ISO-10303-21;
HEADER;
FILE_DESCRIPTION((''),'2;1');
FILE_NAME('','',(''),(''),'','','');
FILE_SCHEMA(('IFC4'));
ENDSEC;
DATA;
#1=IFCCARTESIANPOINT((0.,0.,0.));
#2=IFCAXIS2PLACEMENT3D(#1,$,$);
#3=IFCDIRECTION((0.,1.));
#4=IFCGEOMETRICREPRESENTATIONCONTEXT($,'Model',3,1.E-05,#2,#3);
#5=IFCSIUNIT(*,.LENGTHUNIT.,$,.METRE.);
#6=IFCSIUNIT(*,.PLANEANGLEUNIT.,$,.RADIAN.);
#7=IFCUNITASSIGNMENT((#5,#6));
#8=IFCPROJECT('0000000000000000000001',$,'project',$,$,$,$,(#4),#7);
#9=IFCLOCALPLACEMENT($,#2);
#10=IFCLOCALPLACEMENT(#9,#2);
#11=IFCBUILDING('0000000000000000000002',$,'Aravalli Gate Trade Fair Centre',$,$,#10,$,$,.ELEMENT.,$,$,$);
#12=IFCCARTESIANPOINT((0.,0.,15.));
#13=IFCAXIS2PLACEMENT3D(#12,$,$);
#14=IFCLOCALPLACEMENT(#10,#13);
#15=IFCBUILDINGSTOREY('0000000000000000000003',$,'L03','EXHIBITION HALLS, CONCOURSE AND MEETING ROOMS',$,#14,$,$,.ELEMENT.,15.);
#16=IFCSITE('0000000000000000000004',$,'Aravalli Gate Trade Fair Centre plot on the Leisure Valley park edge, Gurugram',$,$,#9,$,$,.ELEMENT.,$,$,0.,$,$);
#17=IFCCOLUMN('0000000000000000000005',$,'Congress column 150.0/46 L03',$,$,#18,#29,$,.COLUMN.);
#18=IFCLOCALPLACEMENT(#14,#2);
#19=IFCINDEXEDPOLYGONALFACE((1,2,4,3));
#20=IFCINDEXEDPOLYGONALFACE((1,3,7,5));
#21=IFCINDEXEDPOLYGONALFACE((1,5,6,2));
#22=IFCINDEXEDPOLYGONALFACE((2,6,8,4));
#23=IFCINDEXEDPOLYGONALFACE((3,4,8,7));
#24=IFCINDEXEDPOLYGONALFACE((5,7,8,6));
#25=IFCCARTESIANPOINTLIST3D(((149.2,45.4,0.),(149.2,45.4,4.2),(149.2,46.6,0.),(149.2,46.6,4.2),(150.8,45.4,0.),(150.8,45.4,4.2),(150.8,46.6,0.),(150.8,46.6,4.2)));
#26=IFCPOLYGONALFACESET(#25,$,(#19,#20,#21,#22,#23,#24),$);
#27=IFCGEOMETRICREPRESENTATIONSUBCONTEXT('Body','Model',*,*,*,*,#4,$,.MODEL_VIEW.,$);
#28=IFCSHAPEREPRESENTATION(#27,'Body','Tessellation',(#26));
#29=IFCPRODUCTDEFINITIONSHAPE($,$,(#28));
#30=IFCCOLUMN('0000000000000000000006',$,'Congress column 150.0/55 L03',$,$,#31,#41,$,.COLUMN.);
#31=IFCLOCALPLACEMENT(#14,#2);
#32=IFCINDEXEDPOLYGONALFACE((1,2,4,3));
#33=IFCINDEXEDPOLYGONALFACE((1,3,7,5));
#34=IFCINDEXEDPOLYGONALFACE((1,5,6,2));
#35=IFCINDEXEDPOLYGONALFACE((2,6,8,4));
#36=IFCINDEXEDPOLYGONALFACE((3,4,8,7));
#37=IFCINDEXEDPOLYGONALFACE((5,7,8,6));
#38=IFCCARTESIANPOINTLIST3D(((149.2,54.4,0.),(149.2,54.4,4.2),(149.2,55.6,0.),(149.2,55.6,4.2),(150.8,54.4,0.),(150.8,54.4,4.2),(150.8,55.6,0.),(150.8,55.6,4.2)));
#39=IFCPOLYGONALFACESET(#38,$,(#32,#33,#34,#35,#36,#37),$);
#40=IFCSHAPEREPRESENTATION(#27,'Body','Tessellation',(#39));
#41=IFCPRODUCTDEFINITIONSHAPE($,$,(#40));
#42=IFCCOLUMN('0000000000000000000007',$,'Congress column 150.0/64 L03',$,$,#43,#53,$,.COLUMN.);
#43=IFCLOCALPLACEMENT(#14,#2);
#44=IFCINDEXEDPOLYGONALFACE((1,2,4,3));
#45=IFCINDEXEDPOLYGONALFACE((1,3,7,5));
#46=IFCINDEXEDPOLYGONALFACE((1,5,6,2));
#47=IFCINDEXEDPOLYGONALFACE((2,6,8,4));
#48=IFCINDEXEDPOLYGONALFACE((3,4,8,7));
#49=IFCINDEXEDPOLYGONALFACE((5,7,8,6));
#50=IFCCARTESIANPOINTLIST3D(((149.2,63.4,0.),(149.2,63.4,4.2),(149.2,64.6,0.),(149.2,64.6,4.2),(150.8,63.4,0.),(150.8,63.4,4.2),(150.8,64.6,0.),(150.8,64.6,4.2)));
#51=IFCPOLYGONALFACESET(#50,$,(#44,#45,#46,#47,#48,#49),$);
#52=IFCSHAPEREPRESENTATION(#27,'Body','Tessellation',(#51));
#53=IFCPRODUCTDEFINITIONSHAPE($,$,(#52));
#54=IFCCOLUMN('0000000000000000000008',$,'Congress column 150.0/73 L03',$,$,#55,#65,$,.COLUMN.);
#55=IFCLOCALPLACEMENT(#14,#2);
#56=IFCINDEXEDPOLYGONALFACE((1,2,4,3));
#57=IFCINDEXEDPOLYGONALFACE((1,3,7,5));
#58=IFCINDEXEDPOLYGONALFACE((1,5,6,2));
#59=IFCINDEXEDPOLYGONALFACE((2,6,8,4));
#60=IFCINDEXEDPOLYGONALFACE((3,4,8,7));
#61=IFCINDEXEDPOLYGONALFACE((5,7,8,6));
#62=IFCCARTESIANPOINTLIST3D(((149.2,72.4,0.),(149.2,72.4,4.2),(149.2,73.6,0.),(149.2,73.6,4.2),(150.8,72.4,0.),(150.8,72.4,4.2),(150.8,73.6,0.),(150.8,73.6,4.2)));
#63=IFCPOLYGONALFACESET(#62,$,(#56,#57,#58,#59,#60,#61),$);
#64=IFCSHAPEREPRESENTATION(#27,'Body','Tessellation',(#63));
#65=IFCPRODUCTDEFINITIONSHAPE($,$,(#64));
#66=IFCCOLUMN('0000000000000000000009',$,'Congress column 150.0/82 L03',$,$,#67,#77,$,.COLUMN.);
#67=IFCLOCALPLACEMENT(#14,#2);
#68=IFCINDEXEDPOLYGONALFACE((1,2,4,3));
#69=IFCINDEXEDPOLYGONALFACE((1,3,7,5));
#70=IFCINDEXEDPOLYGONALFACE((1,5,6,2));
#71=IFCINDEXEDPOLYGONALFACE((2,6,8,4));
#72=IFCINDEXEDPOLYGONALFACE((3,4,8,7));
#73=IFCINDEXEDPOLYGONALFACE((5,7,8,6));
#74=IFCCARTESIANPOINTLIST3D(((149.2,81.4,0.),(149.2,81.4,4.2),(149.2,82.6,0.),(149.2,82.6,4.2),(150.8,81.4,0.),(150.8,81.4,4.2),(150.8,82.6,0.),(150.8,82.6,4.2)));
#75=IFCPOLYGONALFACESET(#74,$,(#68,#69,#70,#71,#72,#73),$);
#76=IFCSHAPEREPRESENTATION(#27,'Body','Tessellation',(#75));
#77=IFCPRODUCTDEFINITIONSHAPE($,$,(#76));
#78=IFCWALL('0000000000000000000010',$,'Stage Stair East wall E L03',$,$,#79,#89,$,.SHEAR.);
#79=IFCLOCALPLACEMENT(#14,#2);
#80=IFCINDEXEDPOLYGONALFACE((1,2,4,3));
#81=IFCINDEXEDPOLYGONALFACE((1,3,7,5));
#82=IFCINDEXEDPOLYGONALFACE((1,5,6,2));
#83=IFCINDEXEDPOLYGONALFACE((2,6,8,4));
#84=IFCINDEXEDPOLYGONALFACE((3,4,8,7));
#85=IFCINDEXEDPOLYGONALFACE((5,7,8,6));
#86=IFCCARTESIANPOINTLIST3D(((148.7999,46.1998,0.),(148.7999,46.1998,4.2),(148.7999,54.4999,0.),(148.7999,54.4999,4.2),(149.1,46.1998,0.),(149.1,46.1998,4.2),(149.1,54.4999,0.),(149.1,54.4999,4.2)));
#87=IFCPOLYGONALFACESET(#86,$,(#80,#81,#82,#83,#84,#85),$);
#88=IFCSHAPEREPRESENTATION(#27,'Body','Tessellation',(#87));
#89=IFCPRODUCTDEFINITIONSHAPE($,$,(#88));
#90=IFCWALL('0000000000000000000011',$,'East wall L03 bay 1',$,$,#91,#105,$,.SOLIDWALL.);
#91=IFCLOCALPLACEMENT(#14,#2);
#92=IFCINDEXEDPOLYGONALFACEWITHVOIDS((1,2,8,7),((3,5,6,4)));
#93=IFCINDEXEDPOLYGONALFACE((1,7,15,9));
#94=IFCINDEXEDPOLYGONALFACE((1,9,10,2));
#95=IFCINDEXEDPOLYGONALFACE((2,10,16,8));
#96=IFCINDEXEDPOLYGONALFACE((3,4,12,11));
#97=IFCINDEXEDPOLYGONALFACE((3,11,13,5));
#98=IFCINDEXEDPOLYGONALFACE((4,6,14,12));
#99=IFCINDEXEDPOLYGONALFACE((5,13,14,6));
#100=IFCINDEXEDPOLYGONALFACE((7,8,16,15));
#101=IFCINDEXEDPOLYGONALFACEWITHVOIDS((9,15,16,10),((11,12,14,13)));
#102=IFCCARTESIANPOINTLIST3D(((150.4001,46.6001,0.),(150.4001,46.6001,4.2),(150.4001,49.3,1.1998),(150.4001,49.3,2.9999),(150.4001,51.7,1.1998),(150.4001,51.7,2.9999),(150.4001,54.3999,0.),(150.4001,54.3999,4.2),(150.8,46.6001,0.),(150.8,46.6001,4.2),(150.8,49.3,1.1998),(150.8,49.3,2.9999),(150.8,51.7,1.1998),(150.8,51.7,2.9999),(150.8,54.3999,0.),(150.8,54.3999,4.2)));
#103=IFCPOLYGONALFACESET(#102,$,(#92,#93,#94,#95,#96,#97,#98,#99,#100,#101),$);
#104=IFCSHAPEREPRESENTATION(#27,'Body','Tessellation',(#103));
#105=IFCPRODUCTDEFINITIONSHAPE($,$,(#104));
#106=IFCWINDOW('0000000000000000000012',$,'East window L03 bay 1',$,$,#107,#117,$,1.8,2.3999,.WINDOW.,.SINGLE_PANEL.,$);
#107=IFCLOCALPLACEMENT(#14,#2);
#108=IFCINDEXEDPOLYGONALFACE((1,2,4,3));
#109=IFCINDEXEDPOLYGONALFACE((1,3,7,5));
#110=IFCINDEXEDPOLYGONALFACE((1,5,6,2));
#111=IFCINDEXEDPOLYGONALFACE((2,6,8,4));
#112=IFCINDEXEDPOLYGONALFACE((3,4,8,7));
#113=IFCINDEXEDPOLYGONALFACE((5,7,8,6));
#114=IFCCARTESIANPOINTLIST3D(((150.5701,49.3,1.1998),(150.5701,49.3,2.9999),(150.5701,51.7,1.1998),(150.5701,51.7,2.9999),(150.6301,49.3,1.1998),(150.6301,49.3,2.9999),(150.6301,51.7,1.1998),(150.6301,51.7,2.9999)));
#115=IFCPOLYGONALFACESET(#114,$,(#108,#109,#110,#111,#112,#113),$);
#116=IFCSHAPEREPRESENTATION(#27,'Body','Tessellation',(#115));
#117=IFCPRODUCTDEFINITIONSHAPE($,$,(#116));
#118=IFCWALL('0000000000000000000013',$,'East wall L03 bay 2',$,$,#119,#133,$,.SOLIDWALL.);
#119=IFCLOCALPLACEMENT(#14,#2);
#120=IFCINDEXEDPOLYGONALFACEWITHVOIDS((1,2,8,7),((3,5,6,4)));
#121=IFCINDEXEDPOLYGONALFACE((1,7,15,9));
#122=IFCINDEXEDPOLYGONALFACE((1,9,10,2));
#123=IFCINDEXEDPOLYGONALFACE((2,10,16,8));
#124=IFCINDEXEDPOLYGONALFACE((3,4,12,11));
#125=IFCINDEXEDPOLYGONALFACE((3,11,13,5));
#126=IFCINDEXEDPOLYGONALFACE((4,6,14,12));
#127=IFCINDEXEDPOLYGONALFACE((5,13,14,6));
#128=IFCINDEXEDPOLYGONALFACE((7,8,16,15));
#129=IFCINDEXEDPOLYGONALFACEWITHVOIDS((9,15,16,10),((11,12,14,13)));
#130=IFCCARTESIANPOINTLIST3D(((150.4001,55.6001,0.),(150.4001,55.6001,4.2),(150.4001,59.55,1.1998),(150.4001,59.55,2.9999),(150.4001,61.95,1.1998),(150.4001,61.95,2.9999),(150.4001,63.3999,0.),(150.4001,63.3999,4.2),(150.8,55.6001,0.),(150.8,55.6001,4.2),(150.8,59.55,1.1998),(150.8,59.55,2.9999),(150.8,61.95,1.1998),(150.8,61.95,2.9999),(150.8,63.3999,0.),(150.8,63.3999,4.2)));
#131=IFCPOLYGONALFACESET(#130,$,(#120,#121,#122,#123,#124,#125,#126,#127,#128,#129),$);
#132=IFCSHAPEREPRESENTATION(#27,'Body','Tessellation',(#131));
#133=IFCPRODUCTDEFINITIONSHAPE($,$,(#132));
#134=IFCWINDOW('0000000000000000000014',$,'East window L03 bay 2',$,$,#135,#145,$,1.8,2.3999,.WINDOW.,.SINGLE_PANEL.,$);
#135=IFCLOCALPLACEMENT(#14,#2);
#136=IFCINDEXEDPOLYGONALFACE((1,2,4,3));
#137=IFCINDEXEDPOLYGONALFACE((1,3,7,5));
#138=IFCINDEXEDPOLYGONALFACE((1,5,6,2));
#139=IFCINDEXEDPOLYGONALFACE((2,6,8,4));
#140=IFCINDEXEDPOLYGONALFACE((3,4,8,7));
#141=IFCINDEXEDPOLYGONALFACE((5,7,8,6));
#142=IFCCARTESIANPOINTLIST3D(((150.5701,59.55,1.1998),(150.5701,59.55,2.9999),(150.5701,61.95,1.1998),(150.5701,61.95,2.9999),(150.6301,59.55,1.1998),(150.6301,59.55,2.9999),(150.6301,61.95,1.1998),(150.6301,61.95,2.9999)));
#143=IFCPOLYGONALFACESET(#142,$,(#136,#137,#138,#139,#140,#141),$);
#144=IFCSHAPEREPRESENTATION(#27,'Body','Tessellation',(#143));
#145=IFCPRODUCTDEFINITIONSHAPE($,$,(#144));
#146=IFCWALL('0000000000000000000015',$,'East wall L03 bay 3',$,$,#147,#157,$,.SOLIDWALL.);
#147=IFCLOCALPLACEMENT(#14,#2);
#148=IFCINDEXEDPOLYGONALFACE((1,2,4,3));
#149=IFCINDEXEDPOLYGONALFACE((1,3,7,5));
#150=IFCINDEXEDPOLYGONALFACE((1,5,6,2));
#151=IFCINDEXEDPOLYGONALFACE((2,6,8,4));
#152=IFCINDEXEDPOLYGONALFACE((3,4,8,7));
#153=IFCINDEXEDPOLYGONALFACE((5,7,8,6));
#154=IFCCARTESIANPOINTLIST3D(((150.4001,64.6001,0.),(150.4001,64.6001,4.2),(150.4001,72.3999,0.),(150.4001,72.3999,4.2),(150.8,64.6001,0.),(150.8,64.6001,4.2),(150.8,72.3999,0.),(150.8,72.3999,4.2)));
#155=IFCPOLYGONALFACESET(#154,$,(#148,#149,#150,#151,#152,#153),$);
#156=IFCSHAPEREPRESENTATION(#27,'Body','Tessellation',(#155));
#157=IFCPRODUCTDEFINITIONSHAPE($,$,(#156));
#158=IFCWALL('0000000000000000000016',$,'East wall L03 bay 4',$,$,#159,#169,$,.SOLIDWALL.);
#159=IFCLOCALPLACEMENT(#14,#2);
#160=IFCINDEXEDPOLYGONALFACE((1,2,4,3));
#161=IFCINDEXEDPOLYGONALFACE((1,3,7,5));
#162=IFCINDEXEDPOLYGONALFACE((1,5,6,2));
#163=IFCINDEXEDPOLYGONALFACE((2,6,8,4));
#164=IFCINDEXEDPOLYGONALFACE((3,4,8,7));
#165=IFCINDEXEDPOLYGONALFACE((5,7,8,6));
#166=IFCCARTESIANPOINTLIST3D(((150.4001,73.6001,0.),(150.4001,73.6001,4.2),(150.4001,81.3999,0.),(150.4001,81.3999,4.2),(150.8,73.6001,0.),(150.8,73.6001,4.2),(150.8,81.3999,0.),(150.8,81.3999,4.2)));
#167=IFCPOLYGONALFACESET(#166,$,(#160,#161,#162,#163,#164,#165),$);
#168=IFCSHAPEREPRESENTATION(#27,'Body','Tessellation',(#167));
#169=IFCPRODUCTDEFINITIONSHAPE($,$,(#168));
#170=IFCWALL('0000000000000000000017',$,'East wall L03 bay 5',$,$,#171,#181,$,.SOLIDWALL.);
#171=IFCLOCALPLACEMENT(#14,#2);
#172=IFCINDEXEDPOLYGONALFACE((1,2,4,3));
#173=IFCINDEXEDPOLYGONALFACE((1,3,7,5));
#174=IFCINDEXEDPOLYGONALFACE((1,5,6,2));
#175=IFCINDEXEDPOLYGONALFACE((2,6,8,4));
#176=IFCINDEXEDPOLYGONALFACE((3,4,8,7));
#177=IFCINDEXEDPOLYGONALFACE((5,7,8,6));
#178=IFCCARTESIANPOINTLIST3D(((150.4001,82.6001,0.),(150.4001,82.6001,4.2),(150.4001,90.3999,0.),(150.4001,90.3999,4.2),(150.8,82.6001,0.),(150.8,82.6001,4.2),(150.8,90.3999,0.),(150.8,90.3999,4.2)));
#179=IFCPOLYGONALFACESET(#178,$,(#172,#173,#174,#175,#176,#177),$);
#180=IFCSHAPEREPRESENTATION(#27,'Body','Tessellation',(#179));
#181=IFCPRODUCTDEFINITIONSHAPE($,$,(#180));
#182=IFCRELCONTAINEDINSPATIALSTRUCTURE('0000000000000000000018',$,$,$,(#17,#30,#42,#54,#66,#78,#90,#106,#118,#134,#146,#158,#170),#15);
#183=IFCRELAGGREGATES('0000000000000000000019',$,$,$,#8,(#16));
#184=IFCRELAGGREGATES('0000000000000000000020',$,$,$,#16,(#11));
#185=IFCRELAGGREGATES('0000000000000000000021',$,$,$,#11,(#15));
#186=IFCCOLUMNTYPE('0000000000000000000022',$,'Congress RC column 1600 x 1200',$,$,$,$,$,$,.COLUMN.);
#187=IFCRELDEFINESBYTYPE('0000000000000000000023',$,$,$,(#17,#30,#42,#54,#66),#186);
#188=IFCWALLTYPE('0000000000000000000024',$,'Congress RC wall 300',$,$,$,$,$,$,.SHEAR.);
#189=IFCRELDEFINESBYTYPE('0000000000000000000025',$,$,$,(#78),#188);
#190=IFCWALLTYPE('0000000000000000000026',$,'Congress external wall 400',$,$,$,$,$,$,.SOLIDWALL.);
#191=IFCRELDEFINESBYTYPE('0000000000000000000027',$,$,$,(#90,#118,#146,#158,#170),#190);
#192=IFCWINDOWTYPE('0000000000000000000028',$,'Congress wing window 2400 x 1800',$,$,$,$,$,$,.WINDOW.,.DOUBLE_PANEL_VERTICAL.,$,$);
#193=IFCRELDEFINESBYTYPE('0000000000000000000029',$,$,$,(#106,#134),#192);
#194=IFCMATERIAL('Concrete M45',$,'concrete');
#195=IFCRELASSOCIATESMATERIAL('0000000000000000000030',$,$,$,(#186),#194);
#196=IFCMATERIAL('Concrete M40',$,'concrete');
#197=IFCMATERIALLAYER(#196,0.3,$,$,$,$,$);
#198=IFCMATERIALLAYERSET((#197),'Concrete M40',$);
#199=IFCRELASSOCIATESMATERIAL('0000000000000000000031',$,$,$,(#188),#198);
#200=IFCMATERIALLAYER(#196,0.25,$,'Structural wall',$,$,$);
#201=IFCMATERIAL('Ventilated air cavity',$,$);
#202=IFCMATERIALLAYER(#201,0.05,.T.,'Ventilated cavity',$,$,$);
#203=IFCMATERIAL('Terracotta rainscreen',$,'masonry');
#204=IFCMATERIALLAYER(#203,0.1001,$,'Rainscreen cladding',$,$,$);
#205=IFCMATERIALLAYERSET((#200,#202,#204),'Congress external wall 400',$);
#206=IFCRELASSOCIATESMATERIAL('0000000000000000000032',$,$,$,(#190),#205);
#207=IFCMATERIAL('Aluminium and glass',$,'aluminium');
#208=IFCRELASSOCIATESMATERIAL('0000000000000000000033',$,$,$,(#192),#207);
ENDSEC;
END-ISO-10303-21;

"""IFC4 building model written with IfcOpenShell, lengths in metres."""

from ifc_helpers import new_model, si_unit, direction, frame, frame_2d, origin, origin_2d, place, context, subcontext, project, spatial, rectangle, extrude, material, layer, layer_set, material_profile, profile_set, type_object, element, fill, save


model = new_model("IFC4")

# Units and contexts
model_context = context("Model", 3, precision=1e-05, world=origin(), true_north=direction((0.0, 1.0)))
body_context = subcontext(model_context, "Body", "Model", "MODEL_VIEW")
ifc_project = project(units=[si_unit("LENGTHUNIT", "METRE"), si_unit("PLANEANGLEUNIT", "RADIAN")], contexts=[model_context])

# Site, building, storey
site_placement = place(None, origin())
site = spatial("IfcSite", under=ifc_project, at=site_placement, Name="Aravalli Gate Trade Fair Centre plot on the Leisure Valley park edge, Gurugram", CompositionType="ELEMENT", RefElevation=0.0)
building_placement = place(site_placement, origin())
building = spatial("IfcBuilding", under=site, at=building_placement, Name="Aravalli Gate Trade Fair Centre", CompositionType="ELEMENT")
storey_placement = place(building_placement, frame((0.0, 0.0, 15.0)))
storey = spatial("IfcBuildingStorey", under=building, at=storey_placement, Name="L03", Description="EXHIBITION HALLS, CONCOURSE AND MEETING ROOMS", CompositionType="ELEMENT", Elevation=15.0)

# Columns
ifc_material_1 = material(Name="Concrete M45", Category="concrete")
ifc_material_profile = material_profile(ifc_material_1, rectangle(XDim=1.6001, YDim=1.2, at=origin_2d()), Name="RC 1600x1200")
ifc_profile_set = profile_set([ifc_material_profile], Name="Concrete M45")
column_type = type_object("IfcColumnType", Name="Congress RC column 1600 x 1200", PredefinedType="COLUMN", material=ifc_profile_set)
for number, where, z_axis, x_axis, name in (
    (1, (150.0, 46.0, 0.0), (0.0, 0.0, 1.0), (1.0, 0.0, 0.0), "Congress column 150.0/46 L03"),
    (2, (150.0, 55.0, 0.0), (0.0, 0.0, 1.0), (1.0, 0.0, 0.0), "Congress column 150.0/55 L03"),
    (3, (150.0, 64.0, 0.0), (0.0, 0.0, 1.0), (1.0, 0.0, 0.0), "Congress column 150.0/64 L03"),
    (4, (150.0, 73.0, 0.0), (0.0, 0.0, 1.0), (1.0, 0.0, 0.0), "Congress column 150.0/73 L03"),
    (5, (150.0, 82.0, 0.0), (0.0, 0.0, 1.0), (1.0, 0.0, 0.0), "Congress column 150.0/82 L03"),
):
    element("IfcColumn", number, at=place(storey_placement, frame(where, z_axis=z_axis, x_axis=x_axis)), inside=storey, type_object=column_type, Name=name, PredefinedType="COLUMN", context=body_context, shape_type="SweptSolid", body=[
        extrude(rectangle(XDim=1.6001, YDim=1.2, at=origin_2d()), origin(), (0.0, 0.0, 1.0), 4.2),
    ])

# Wall
ifc_material_2 = material(Name="Concrete M40", Category="concrete")
ifc_layer_1 = layer(ifc_material_2, 0.3)
ifc_layer_set_1 = layer_set([ifc_layer_1], Name="Concrete M40")
wall_type_1 = type_object("IfcWallType", Name="Congress RC wall 300", PredefinedType="SHEAR", material=ifc_layer_set_1)
wall_1_placement = place(storey_placement, frame((148.95, 46.2, 0.0), z_axis=(0.0, 0.0, 1.0), x_axis=(0.0, 1.0, 0.0)))
element("IfcWall", 6, at=wall_1_placement, inside=storey, type_object=wall_type_1, Name="Stage Stair East wall E L03", PredefinedType="SHEAR", context=body_context, shape_type="SweptSolid", body=[
    extrude(rectangle(XDim=8.3, YDim=0.3, at=frame_2d((4.1499, 0.0))), origin(), (0.0, 0.0, 1.0), 4.2),
])

# Walls, openings, windows
ifc_layer_2 = layer(ifc_material_2, 0.25, Name="Structural wall")
ifc_material_3 = material(Name="Ventilated air cavity")
ifc_layer_3 = layer(ifc_material_3, 0.05, ventilated=True, Name="Ventilated cavity")
ifc_material_4 = material(Name="Terracotta rainscreen", Category="masonry")
ifc_layer_4 = layer(ifc_material_4, 0.1001, Name="Rainscreen cladding")
ifc_layer_set_2 = layer_set([ifc_layer_2, ifc_layer_3, ifc_layer_4], Name="Congress external wall 400")
wall_type_2 = type_object("IfcWallType", Name="Congress external wall 400", PredefinedType="SOLIDWALL", material=ifc_layer_set_2)
wall_2_placement = place(storey_placement, frame((150.6001, 46.6001, 0.0), z_axis=(0.0, 0.0, 1.0), x_axis=(0.0, 1.0, 0.0)))
wall_2 = element("IfcWall", 7, at=wall_2_placement, inside=storey, type_object=wall_type_2, Name="East wall L03 bay 1", PredefinedType="SOLIDWALL", context=body_context, shape_type="SweptSolid", body=[
    extrude(rectangle(XDim=7.7998, YDim=0.3999, at=frame_2d((3.8999, 0.0))), origin(), (0.0, 0.0, 1.0), 4.2),
])
opening_1_placement = place(wall_2_placement, frame((2.7, 0.0, 1.2)))
opening_1 = element("IfcOpeningElement", 8, at=opening_1_placement, cuts=wall_2, PredefinedType="OPENING", context=body_context, shape_type="SweptSolid", body=[
    extrude(rectangle(XDim=2.3999, YDim=1.8, at=frame_2d((1.2, 0.8999))), frame((0.0, 0.21, 0.0), z_axis=(0.0, -1.0, 0.0), x_axis=(1.0, 0.0, 0.0)), (0.0, 0.0, 1.0), 0.4199),
])
ifc_material_5 = material(Name="Aluminium and glass", Category="aluminium")
window_type = type_object("IfcWindowType", Name="Congress wing window 2400 x 1800", PartitioningType="DOUBLE_PANEL_VERTICAL", PredefinedType="WINDOW", material=ifc_material_5)
window_1_placement = place(opening_1_placement, origin())
window_1 = element("IfcWindow", 9, at=window_1_placement, inside=storey, type_object=window_type, Name="East window L03 bay 1", OverallHeight=1.8, OverallWidth=2.3999, PartitioningType="SINGLE_PANEL", PredefinedType="WINDOW", context=body_context, shape_type="SweptSolid", body=[
    extrude(rectangle(XDim=2.3999, YDim=1.8, at=frame_2d((1.2, 0.8999))), frame((0.0, 0.03, 0.0), z_axis=(0.0, -1.0, 0.0), x_axis=(1.0, 0.0, 0.0)), (0.0, 0.0, 1.0), 0.0601),
])
fill(opening_1, window_1)
wall_3_placement = place(storey_placement, frame((150.6001, 55.6001, 0.0), z_axis=(0.0, 0.0, 1.0), x_axis=(0.0, 1.0, 0.0)))
wall_3 = element("IfcWall", 10, at=wall_3_placement, inside=storey, type_object=wall_type_2, Name="East wall L03 bay 2", PredefinedType="SOLIDWALL", context=body_context, shape_type="SweptSolid", body=[
    extrude(rectangle(XDim=7.7998, YDim=0.3999, at=frame_2d((3.8999, 0.0))), origin(), (0.0, 0.0, 1.0), 4.2),
])
opening_2_placement = place(wall_3_placement, frame((3.95, 0.0, 1.2)))
opening_2 = element("IfcOpeningElement", 11, at=opening_2_placement, cuts=wall_3, PredefinedType="OPENING", context=body_context, shape_type="SweptSolid", body=[
    extrude(rectangle(XDim=2.3999, YDim=1.8, at=frame_2d((1.2, 0.8999))), frame((0.0, 0.21, 0.0), z_axis=(0.0, -1.0, 0.0), x_axis=(1.0, 0.0, 0.0)), (0.0, 0.0, 1.0), 0.4199),
])
window_2_placement = place(opening_2_placement, origin())
window_2 = element("IfcWindow", 12, at=window_2_placement, inside=storey, type_object=window_type, Name="East window L03 bay 2", OverallHeight=1.8, OverallWidth=2.3999, PartitioningType="SINGLE_PANEL", PredefinedType="WINDOW", context=body_context, shape_type="SweptSolid", body=[
    extrude(rectangle(XDim=2.3999, YDim=1.8, at=frame_2d((1.2, 0.8999))), frame((0.0, 0.03, 0.0), z_axis=(0.0, -1.0, 0.0), x_axis=(1.0, 0.0, 0.0)), (0.0, 0.0, 1.0), 0.0601),
])
fill(opening_2, window_2)

# Walls
for number, where, z_axis, x_axis, name in (
    (13, (150.6001, 64.6001, 0.0), (0.0, 0.0, 1.0), (0.0, 1.0, 0.0), "East wall L03 bay 3"),
    (14, (150.6001, 73.6001, 0.0), (0.0, 0.0, 1.0), (0.0, 1.0, 0.0), "East wall L03 bay 4"),
    (15, (150.6001, 82.6001, 0.0), (0.0, 0.0, 1.0), (0.0, 1.0, 0.0), "East wall L03 bay 5"),
):
    element("IfcWall", number, at=place(storey_placement, frame(where, z_axis=z_axis, x_axis=x_axis)), inside=storey, type_object=wall_type_2, Name=name, PredefinedType="SOLIDWALL", context=body_context, shape_type="SweptSolid", body=[
        extrude(rectangle(XDim=7.7998, YDim=0.3999, at=frame_2d((3.8999, 0.0))), origin(), (0.0, 0.0, 1.0), 4.2),
    ])

save(model, "model.ifc")
